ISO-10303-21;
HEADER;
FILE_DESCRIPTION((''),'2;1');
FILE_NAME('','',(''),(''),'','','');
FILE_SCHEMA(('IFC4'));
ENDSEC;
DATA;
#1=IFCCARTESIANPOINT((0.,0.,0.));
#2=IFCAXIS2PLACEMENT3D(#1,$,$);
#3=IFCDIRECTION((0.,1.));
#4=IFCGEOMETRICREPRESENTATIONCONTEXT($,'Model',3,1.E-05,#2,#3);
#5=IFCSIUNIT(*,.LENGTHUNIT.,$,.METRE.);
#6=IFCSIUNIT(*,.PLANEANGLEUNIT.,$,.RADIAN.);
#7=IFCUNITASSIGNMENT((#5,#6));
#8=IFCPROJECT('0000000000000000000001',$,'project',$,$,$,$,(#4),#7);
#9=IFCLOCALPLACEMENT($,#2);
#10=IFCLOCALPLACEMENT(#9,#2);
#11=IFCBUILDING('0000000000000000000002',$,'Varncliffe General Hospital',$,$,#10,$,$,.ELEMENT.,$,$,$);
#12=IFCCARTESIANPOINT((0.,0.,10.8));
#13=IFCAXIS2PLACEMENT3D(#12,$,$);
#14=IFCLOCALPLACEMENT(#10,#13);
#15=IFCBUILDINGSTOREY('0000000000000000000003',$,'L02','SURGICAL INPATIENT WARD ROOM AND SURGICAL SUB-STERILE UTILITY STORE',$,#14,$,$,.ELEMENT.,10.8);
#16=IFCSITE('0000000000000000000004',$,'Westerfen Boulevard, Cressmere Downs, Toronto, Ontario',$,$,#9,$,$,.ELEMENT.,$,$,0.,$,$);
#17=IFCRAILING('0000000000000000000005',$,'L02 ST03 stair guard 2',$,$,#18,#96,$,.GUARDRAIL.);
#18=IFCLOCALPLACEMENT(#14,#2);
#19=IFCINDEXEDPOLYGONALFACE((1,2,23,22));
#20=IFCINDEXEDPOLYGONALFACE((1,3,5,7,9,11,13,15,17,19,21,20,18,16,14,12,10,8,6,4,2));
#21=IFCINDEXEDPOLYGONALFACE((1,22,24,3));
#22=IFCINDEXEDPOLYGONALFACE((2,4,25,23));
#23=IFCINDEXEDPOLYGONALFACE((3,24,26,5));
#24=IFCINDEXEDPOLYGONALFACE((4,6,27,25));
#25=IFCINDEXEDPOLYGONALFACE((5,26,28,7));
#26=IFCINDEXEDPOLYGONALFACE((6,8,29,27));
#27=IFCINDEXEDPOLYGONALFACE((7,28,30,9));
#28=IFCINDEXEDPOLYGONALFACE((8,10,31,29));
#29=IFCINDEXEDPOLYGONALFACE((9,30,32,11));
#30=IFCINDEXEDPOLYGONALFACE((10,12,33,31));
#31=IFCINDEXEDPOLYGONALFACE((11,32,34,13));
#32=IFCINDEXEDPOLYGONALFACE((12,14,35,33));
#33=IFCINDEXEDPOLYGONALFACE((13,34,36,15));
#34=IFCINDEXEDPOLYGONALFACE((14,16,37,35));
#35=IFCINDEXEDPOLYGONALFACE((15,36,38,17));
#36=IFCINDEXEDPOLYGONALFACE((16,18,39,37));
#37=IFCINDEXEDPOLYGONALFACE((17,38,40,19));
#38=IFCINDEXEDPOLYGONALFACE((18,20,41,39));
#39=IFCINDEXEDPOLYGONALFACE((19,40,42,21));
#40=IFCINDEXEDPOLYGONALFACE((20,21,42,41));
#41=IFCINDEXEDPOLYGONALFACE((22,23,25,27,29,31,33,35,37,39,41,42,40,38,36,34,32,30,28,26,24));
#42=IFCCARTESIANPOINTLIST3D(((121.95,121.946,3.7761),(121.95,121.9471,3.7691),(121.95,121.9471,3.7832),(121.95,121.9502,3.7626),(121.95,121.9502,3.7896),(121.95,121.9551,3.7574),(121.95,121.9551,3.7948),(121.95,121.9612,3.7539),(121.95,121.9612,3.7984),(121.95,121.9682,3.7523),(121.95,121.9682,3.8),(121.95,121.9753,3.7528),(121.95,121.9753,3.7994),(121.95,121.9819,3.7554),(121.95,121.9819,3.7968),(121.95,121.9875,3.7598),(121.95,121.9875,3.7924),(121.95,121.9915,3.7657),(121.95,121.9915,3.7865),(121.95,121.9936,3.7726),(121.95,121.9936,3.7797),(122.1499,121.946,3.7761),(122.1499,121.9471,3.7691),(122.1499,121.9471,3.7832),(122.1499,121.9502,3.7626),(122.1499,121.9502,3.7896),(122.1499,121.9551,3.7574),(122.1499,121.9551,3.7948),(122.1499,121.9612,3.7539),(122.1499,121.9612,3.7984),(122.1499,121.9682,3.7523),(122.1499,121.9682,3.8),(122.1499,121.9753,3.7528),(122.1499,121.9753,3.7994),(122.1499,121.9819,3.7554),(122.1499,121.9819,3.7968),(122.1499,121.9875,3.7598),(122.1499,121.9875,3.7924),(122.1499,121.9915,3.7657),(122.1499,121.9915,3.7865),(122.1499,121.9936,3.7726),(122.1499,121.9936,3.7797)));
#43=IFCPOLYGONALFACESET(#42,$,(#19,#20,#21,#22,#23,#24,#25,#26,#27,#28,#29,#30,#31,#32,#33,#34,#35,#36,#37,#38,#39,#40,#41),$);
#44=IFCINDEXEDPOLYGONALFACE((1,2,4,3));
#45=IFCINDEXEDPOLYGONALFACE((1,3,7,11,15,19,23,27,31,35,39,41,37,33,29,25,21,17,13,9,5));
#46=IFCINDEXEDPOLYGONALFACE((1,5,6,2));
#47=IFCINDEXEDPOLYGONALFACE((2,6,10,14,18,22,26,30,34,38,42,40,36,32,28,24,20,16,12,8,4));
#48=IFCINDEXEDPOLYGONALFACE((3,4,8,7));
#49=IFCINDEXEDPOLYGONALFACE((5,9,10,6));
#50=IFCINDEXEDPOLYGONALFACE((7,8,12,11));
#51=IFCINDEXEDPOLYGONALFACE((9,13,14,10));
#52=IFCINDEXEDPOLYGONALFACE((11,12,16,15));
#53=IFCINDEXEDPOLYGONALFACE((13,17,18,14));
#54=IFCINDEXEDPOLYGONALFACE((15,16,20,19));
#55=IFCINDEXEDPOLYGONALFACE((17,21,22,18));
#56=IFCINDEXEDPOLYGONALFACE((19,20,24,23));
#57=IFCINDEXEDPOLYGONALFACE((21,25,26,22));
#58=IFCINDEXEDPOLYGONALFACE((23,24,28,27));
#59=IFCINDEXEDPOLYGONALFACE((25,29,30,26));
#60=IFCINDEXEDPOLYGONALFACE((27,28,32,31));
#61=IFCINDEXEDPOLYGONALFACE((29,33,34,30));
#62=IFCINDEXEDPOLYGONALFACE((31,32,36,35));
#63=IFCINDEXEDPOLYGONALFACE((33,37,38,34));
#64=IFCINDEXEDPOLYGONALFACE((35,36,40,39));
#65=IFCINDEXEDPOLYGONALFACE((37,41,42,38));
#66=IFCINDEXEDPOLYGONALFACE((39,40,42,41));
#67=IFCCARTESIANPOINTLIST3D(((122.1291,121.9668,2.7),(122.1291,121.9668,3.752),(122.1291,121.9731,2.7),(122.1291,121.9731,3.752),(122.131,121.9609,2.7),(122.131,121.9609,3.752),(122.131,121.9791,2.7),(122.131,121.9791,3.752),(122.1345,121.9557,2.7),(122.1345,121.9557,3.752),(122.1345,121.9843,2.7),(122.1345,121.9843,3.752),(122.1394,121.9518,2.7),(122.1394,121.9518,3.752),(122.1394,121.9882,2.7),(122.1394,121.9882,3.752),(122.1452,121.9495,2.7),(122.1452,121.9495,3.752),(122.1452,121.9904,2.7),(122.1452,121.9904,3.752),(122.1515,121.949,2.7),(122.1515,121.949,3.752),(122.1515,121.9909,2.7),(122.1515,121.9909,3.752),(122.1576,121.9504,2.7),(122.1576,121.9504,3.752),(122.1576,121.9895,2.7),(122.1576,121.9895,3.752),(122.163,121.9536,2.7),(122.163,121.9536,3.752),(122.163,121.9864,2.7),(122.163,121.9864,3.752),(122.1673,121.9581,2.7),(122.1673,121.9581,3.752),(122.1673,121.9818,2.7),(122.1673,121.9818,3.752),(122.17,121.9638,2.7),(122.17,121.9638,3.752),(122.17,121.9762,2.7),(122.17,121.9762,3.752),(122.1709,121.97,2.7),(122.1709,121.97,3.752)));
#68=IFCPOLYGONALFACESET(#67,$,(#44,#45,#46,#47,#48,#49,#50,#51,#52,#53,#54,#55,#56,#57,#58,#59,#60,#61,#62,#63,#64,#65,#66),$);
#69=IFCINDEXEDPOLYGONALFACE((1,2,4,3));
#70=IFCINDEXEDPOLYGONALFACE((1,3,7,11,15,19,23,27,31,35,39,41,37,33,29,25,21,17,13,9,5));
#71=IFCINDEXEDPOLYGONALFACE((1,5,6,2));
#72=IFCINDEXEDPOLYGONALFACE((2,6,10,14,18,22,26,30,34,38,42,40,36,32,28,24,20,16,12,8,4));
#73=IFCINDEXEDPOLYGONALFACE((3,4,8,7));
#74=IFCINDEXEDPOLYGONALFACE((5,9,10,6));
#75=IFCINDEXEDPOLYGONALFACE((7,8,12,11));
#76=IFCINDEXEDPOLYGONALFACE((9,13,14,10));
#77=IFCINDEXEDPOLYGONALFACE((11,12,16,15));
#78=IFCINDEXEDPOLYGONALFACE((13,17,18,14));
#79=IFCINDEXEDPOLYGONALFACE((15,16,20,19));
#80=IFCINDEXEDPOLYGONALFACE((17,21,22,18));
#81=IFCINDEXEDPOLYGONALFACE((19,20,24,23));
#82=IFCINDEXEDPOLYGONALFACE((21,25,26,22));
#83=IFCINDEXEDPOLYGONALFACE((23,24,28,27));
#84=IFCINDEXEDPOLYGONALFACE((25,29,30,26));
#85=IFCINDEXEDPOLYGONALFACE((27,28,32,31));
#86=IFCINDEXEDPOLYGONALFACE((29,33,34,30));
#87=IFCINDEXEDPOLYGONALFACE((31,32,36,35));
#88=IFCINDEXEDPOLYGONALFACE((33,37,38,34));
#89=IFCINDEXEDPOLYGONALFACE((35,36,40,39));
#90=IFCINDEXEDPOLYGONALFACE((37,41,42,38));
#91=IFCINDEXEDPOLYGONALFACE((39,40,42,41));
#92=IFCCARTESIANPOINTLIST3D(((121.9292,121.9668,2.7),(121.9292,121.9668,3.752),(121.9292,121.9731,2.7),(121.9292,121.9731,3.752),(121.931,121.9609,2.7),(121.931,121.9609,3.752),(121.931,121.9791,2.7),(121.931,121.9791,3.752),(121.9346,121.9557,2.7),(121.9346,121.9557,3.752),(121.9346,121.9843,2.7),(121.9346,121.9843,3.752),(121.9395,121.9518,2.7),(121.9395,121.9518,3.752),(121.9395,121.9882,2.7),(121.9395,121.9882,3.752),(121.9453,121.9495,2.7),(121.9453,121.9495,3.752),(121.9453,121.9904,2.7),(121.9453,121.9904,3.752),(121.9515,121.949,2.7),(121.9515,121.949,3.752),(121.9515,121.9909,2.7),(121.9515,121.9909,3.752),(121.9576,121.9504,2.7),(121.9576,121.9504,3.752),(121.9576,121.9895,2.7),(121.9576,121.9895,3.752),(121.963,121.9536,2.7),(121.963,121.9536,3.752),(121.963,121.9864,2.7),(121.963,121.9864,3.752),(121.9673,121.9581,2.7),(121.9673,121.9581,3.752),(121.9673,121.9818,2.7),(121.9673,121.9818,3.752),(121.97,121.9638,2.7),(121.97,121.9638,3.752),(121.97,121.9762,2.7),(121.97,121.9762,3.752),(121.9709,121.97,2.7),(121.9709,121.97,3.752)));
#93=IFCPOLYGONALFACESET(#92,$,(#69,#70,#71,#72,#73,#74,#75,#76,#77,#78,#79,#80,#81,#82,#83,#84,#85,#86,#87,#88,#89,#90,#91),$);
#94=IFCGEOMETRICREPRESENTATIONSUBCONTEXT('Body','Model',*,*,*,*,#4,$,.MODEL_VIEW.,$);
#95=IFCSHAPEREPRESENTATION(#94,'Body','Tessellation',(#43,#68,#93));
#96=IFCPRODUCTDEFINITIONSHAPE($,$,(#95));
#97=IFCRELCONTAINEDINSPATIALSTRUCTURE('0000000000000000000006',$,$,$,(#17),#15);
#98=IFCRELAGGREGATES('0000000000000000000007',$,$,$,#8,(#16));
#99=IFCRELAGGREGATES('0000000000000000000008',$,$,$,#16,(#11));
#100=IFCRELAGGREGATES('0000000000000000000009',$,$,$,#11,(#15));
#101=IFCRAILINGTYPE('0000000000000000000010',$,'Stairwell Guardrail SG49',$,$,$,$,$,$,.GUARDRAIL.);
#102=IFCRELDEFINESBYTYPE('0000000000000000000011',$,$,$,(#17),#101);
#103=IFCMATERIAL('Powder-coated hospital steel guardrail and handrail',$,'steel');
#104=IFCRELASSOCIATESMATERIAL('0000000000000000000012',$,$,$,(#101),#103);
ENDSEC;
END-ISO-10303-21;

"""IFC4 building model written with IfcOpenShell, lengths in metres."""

from ifc_helpers import new_model, si_unit, direction, frame, origin, origin_2d, place, context, subcontext, project, spatial, circle, extrude, material, type_object, element, save


model = new_model("IFC4")

# Units and contexts
model_context = context("Model", 3, precision=1e-05, world=origin(), true_north=direction((0.0, 1.0)))
body_context = subcontext(model_context, "Body", "Model", "MODEL_VIEW")
ifc_project = project(units=[si_unit("LENGTHUNIT", "METRE"), si_unit("PLANEANGLEUNIT", "RADIAN")], contexts=[model_context])

# Site, building, storey
site_placement = place(None, origin())
site = spatial("IfcSite", under=ifc_project, at=site_placement, Name="Westerfen Boulevard, Cressmere Downs, Toronto, Ontario", CompositionType="ELEMENT", RefElevation=0.0)
building_placement = place(site_placement, origin())
building = spatial("IfcBuilding", under=site, at=building_placement, Name="Varncliffe General Hospital", CompositionType="ELEMENT")
storey_placement = place(building_placement, frame((0.0, 0.0, 10.8)))
storey = spatial("IfcBuildingStorey", under=building, at=storey_placement, Name="L02", Description="SURGICAL INPATIENT WARD ROOM AND SURGICAL SUB-STERILE UTILITY STORE", CompositionType="ELEMENT", Elevation=10.8)

# Railing
ifc_material_1 = material(Name="Powder-coated hospital steel guardrail and handrail", Category="steel")
railing_type_1 = type_object("IfcRailingType", Name="Stairwell Guardrail SG49", PredefinedType="GUARDRAIL", material=ifc_material_1)
railing_1_placement = place(storey_placement, frame((122.1499, 121.97, 2.7)))
element("IfcRailing", 1, at=railing_1_placement, inside=storey, type_object=railing_type_1, Name="L02 ST03 stair guard 2", PredefinedType="GUARDRAIL", context=body_context, shape_type="SweptSolid", body=[
    extrude(circle(Radius=0.0239, at=origin_2d()), frame((0.0, 0.0, 1.0762), z_axis=(-1.0, 0.0, 0.0), x_axis=(0.0, -1.0, 0.0)), (0.0, 0.0, 1.0), 0.2),
    extrude(circle(Radius=0.021, at=origin_2d()), origin(), (0.0, 0.0, 1.0), 1.052),
    extrude(circle(Radius=0.021, at=origin_2d()), frame((-0.2, 0.0, 0.0)), (0.0, 0.0, 1.0), 1.052),
])

save(model, "model.ifc")
